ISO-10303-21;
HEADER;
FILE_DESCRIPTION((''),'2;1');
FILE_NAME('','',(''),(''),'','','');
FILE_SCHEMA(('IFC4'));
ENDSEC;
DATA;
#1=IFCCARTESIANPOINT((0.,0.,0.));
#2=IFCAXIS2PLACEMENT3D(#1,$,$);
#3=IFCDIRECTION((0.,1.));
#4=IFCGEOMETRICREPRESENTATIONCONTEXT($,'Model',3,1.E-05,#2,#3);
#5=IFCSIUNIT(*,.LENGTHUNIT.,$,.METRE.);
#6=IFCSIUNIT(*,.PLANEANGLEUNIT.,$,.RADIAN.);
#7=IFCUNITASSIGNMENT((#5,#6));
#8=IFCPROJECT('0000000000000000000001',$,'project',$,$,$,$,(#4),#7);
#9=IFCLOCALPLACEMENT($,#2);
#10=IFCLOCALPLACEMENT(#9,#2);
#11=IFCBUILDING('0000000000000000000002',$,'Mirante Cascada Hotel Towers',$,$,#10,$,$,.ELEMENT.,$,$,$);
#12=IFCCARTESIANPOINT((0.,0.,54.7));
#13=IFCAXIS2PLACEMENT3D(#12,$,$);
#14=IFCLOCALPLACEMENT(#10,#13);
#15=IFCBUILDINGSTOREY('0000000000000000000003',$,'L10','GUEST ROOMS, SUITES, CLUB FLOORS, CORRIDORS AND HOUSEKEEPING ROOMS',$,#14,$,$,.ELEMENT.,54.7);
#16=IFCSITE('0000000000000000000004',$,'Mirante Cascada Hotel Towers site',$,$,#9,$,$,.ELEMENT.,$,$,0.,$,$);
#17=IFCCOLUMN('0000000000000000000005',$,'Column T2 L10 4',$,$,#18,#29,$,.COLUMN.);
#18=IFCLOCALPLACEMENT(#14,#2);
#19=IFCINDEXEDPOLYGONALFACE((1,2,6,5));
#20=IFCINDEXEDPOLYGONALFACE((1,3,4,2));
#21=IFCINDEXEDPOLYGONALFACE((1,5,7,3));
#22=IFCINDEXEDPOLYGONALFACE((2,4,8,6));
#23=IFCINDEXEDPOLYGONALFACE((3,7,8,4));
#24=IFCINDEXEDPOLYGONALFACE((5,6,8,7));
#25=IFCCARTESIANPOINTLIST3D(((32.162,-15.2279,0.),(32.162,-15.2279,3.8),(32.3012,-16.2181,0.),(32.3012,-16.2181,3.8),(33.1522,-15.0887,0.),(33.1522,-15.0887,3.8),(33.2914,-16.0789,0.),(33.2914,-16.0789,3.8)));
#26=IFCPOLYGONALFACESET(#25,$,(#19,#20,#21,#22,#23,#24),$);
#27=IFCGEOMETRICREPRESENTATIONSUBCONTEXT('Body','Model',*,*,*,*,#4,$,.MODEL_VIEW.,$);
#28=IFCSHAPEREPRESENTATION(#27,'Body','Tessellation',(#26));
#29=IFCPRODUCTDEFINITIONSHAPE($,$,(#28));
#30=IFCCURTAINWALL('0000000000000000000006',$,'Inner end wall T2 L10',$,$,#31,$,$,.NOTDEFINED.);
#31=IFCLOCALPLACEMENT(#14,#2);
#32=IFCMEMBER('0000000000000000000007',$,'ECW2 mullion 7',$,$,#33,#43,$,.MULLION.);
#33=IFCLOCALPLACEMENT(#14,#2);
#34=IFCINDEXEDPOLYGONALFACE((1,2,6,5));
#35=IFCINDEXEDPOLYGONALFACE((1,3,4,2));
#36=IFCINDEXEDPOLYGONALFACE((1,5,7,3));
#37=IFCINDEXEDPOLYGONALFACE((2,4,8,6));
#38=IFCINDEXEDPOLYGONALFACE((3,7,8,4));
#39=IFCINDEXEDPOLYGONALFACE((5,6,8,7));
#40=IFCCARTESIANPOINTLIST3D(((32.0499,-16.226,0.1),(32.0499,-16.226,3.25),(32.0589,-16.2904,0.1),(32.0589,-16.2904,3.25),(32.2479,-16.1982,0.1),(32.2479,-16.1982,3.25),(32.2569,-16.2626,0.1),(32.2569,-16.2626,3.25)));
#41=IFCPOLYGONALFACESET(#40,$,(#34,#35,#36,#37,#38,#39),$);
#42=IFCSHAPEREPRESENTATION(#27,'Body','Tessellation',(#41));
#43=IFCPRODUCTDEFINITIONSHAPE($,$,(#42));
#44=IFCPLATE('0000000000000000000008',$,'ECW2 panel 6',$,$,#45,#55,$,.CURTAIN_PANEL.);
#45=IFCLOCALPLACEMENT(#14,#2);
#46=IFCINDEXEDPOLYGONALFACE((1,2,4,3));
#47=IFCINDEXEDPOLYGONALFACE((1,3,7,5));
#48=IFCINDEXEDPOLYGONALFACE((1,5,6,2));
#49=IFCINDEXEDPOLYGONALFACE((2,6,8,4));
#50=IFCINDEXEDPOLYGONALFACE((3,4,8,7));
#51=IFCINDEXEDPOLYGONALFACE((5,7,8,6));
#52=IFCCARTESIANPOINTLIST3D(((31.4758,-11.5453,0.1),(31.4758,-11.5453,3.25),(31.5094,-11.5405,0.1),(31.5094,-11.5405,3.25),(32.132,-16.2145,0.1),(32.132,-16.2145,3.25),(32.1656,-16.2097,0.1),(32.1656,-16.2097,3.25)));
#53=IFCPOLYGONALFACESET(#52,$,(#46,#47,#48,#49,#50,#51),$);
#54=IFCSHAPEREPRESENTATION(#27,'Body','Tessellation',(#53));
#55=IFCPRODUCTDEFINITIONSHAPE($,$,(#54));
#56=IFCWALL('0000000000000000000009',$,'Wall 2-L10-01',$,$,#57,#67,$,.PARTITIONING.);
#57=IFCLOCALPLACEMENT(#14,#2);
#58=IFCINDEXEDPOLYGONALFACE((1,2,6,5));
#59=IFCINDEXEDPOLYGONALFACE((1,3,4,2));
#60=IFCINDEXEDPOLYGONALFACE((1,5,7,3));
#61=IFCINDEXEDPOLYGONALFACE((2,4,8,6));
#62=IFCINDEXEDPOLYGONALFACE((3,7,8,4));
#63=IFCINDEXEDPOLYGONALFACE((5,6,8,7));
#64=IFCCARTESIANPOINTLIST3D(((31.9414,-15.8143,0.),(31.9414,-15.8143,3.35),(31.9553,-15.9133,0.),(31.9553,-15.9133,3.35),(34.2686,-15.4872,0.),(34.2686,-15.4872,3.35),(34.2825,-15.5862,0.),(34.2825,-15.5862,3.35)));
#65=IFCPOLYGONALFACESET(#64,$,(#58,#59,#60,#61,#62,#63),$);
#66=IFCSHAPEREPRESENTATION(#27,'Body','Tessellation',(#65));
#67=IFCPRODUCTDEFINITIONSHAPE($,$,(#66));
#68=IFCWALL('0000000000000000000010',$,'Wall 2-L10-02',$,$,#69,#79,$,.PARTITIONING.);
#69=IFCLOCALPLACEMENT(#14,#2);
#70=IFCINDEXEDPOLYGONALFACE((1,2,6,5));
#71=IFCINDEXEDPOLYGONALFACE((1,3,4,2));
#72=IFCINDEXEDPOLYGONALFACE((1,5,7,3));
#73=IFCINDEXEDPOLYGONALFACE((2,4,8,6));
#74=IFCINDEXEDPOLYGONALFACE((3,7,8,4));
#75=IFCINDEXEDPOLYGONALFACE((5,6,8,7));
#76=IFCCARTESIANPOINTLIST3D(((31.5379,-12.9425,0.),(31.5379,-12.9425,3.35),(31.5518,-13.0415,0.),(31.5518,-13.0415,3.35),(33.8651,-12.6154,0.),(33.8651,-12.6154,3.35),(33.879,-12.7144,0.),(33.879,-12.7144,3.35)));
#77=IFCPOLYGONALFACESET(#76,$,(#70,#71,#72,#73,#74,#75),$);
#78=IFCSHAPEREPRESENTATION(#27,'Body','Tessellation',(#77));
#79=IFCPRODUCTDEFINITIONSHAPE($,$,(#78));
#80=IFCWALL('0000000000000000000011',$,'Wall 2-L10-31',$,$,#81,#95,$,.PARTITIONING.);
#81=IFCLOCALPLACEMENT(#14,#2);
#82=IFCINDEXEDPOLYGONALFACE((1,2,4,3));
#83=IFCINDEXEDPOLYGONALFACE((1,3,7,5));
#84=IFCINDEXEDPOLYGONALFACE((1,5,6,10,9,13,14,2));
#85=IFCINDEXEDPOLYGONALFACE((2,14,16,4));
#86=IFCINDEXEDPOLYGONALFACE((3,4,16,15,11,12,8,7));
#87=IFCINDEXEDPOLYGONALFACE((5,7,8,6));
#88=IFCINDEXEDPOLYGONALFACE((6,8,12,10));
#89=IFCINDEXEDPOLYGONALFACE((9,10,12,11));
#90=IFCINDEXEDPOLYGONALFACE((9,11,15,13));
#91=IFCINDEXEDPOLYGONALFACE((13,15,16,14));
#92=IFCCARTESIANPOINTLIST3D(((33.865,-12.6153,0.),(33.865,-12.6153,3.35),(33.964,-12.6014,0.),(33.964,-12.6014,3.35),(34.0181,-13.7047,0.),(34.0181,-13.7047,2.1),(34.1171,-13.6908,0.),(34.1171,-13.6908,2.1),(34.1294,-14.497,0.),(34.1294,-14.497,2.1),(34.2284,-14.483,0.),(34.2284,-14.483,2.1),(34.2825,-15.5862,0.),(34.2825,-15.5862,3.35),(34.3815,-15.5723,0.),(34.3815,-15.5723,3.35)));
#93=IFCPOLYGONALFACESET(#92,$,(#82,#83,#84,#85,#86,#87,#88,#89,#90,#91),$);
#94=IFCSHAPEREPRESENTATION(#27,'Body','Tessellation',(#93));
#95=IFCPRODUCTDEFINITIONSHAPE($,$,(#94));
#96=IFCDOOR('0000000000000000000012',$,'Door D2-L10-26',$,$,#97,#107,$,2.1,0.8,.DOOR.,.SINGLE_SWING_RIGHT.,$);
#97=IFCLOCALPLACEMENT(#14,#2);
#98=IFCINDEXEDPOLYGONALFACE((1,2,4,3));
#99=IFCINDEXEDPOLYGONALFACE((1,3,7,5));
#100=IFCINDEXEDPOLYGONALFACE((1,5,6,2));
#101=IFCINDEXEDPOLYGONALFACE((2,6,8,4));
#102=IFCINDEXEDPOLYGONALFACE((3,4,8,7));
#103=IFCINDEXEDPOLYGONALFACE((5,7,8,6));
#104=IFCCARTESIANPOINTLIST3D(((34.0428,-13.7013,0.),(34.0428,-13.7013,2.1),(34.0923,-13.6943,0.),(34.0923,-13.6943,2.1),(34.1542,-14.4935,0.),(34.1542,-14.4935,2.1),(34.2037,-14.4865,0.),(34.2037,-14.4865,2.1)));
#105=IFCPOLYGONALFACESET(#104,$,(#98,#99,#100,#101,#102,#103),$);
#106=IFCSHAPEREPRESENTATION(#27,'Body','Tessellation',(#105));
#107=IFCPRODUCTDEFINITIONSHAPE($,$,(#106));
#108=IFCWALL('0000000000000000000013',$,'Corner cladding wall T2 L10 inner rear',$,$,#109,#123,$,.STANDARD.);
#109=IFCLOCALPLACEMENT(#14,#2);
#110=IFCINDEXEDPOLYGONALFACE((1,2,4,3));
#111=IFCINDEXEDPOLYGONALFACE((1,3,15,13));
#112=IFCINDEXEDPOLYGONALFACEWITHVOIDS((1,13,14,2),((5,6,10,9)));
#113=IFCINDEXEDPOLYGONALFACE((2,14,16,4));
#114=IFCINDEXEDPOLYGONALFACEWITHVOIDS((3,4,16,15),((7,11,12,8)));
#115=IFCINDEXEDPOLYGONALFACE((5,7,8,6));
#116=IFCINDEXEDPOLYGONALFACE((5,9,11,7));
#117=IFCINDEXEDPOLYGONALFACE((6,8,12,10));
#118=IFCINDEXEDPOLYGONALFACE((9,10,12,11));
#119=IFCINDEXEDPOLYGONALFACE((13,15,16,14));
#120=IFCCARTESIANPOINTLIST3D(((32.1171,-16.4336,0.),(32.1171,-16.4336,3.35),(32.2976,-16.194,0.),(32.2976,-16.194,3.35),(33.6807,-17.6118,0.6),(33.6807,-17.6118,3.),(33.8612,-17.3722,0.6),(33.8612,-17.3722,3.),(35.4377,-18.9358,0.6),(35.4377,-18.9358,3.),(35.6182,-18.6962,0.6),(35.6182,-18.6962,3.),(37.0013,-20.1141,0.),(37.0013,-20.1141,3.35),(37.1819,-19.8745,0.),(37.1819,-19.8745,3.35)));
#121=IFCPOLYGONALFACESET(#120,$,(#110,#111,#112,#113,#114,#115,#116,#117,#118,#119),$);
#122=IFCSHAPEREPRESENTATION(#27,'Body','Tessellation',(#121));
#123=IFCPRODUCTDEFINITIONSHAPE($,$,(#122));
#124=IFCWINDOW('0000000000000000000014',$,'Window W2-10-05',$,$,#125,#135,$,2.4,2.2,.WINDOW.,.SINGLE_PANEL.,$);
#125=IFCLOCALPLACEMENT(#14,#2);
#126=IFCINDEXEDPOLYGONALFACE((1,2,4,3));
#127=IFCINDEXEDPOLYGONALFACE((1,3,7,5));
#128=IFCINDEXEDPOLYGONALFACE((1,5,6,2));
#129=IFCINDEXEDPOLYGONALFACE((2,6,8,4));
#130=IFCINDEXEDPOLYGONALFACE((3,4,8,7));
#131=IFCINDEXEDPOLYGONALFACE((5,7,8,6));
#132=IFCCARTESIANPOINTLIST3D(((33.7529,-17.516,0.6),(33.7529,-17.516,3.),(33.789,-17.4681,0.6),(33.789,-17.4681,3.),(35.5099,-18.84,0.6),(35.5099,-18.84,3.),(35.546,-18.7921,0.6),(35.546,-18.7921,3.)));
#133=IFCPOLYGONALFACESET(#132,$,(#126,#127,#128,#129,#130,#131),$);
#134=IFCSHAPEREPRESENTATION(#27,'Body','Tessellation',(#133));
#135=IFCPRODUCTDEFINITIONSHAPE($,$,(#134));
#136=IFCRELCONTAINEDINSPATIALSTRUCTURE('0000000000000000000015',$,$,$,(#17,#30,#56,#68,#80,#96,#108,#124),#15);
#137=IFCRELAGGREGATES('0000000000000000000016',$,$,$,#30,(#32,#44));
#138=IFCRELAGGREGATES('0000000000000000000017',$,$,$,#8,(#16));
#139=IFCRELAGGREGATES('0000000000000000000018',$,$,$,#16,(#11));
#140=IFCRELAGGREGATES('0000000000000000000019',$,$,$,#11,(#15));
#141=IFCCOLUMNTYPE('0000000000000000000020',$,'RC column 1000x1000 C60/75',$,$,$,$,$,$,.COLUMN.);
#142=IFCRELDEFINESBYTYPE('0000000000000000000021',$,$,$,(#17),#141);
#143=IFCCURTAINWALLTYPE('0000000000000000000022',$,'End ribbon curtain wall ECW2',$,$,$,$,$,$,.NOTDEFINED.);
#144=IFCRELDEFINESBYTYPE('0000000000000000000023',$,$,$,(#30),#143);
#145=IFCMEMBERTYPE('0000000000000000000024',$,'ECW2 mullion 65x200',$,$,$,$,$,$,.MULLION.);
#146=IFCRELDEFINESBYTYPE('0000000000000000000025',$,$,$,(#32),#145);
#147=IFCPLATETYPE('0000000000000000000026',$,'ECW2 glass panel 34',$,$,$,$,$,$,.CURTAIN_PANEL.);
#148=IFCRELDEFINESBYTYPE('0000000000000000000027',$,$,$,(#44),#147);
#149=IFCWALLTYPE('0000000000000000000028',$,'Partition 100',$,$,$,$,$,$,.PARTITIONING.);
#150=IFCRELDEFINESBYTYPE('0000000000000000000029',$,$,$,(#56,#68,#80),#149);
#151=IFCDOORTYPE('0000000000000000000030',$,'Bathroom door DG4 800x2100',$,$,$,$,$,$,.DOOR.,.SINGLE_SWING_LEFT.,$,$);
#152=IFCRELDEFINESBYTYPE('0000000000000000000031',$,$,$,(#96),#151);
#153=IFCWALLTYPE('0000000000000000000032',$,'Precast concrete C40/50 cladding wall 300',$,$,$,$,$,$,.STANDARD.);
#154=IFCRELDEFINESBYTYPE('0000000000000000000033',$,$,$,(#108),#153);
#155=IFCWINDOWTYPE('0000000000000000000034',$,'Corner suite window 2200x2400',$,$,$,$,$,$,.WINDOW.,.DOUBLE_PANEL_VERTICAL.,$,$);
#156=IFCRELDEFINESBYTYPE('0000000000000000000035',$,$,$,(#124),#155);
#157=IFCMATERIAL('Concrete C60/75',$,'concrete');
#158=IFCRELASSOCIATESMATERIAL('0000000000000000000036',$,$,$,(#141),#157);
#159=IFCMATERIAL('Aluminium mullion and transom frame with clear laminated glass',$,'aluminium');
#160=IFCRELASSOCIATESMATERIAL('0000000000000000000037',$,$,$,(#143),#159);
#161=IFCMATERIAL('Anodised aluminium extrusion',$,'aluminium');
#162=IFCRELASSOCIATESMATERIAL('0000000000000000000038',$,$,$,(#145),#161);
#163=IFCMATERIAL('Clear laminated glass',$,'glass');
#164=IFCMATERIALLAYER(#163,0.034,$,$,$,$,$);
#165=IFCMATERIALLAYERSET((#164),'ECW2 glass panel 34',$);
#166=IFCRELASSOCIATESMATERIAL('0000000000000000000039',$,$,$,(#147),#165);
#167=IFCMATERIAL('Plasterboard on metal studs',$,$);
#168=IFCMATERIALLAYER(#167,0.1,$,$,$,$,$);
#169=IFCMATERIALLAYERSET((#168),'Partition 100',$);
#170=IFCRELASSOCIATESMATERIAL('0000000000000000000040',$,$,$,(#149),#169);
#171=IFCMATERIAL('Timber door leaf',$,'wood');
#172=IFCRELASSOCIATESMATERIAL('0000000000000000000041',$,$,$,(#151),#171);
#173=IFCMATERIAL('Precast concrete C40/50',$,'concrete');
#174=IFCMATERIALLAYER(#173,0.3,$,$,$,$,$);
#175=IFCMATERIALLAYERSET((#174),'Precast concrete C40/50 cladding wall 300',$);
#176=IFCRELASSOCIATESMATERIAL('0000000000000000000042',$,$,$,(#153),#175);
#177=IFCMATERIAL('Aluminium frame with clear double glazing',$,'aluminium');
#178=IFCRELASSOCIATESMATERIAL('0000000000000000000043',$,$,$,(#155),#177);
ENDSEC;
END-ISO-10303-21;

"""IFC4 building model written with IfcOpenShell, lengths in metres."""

from ifc_helpers import new_model, si_unit, direction, frame, frame_2d, origin, origin_2d, place, context, subcontext, project, spatial, rectangle, extrude, material, layer, layer_set, material_profile, profile_set, type_object, element, fill, aggregate, save


model = new_model("IFC4")

# Units and contexts
model_context = context("Model", 3, precision=1e-05, world=origin(), true_north=direction((0.0, 1.0)))
body_context = subcontext(model_context, "Body", "Model", "MODEL_VIEW")
ifc_project = project(units=[si_unit("LENGTHUNIT", "METRE"), si_unit("PLANEANGLEUNIT", "RADIAN")], contexts=[model_context])

# Site, building, storey
site_placement = place(None, origin())
site = spatial("IfcSite", under=ifc_project, at=site_placement, Name="Mirante Cascada Hotel Towers site", CompositionType="ELEMENT", RefElevation=0.0)
building_placement = place(site_placement, origin())
building = spatial("IfcBuilding", under=site, at=building_placement, Name="Mirante Cascada Hotel Towers", CompositionType="ELEMENT")
storey_placement = place(building_placement, frame((0.0, 0.0, 54.7)))
storey = spatial("IfcBuildingStorey", under=building, at=storey_placement, Name="L10", Description="GUEST ROOMS, SUITES, CLUB FLOORS, CORRIDORS AND HOUSEKEEPING ROOMS", CompositionType="ELEMENT", Elevation=54.7)

# Column
ifc_material_1 = material(Name="Concrete C60/75", Category="concrete")
ifc_material_profile_1 = material_profile(ifc_material_1, rectangle(XDim=1.0, YDim=1.0, at=origin_2d()), Name="RC column 1000x1000 C60/75")
ifc_profile_set_1 = profile_set([ifc_material_profile_1], Name="Concrete C60/75")
column_type = type_object("IfcColumnType", Name="RC column 1000x1000 C60/75", PredefinedType="COLUMN", material=ifc_profile_set_1)
column_placement = place(storey_placement, frame((32.7267, -15.6534, 0.0), z_axis=(0.0, 0.0, 1.0), x_axis=(0.990268, 0.139173, 0.0)))
element("IfcColumn", 1, at=column_placement, inside=storey, type_object=column_type, Name="Column T2 L10 4", PredefinedType="COLUMN", context=body_context, shape_type="SweptSolid", body=[
    extrude(rectangle(XDim=1.0, YDim=1.0, at=origin_2d()), origin(), (0.0, 0.0, 1.0), 3.8),
])

# Curtain wall, member, plate
ifc_material_2 = material(Name="Aluminium mullion and transom frame with clear laminated glass", Category="aluminium")
curtain_wall_type = type_object("IfcCurtainWallType", Name="End ribbon curtain wall ECW2", PredefinedType="NOTDEFINED", material=ifc_material_2)
curtain_wall_placement = place(storey_placement, origin())
curtain_wall = element("IfcCurtainWall", 2, at=curtain_wall_placement, inside=storey, type_object=curtain_wall_type, Name="Inner end wall T2 L10", PredefinedType="NOTDEFINED")
ifc_material_3 = material(Name="Anodised aluminium extrusion", Category="aluminium")
ifc_material_profile_2 = material_profile(ifc_material_3, rectangle(XDim=0.2, YDim=0.065, at=origin_2d()), Name="ECW2 MULLION 65x200")
ifc_profile_set_2 = profile_set([ifc_material_profile_2], Name="Anodised aluminium extrusion")
member_type = type_object("IfcMemberType", Name="ECW2 mullion 65x200", PredefinedType="MULLION", material=ifc_profile_set_2)
member_placement = place(storey_placement, frame((32.1534, -16.2443, 0.1), z_axis=(0.0, 0.0, 1.0), x_axis=(0.990268, 0.139173, 0.0)))
member = element("IfcMember", 3, at=member_placement, type_object=member_type, Name="ECW2 mullion 7", PredefinedType="MULLION", context=body_context, shape_type="SweptSolid", body=[
    extrude(rectangle(XDim=0.2, YDim=0.065, at=origin_2d()), origin(), (0.0, 0.0, 1.0), 3.15),
])
ifc_material_4 = material(Name="Clear laminated glass", Category="glass")
ifc_layer_1 = layer(ifc_material_4, 0.034)
ifc_layer_set_1 = layer_set([ifc_layer_1], Name="ECW2 glass panel 34")
plate_type = type_object("IfcPlateType", Name="ECW2 glass panel 34", PredefinedType="CURTAIN_PANEL", material=ifc_layer_set_1)
plate_placement = place(storey_placement, frame((31.8207, -13.8775, 0.1), z_axis=(0.0, 0.0, 1.0), x_axis=(0.139173, -0.990268, 0.0)))
plate = element("IfcPlate", 4, at=plate_placement, type_object=plate_type, Name="ECW2 panel 6", PredefinedType="CURTAIN_PANEL", context=body_context, shape_type="SweptSolid", body=[
    extrude(rectangle(XDim=4.7151, YDim=0.034, at=origin_2d()), origin(), (0.0, 0.0, 1.0), 3.15),
])
aggregate(curtain_wall, [member, plate])

# Walls
ifc_material_5 = material(Name="Plasterboard on metal studs")
ifc_layer_2 = layer(ifc_material_5, 0.1)
ifc_layer_set_2 = layer_set([ifc_layer_2], Name="Partition 100")
wall_type_1 = type_object("IfcWallType", Name="Partition 100", PredefinedType="PARTITIONING", material=ifc_layer_set_2)
for number, where, z_axis, x_axis, name in (
    (5, (31.9484, -15.8638, 0.0), (0.0, 0.0, 1.0), (0.990266, 0.139187, 0.0), "Wall 2-L10-01"),
    (6, (33.872, -12.6649, 0.0), (0.0, 0.0, 1.0), (-0.990266, -0.139187, 0.0), "Wall 2-L10-02"),
):
    element("IfcWall", number, at=place(storey_placement, frame(where, z_axis=z_axis, x_axis=x_axis)), inside=storey, type_object=wall_type_1, Name=name, PredefinedType="PARTITIONING", context=body_context, shape_type="SweptSolid", body=[
        extrude(rectangle(XDim=2.3501, YDim=0.1, at=frame_2d((1.175, 0.0))), origin(), (0.0, 0.0, 1.0), 3.35),
    ])

# Wall, opening, door
wall_1_placement = place(storey_placement, frame((34.332, -15.5793, 0.0), z_axis=(0.0, 0.0, 1.0), x_axis=(-0.139162, 0.99027, 0.0)))
wall_1 = element("IfcWall", 7, at=wall_1_placement, inside=storey, type_object=wall_type_1, Name="Wall 2-L10-31", PredefinedType="PARTITIONING", context=body_context, shape_type="SweptSolid", body=[
    extrude(rectangle(XDim=3.0001, YDim=0.1, at=frame_2d((1.5001, 0.0))), origin(), (0.0, 0.0, 1.0), 3.35),
])
opening_1_placement = place(wall_1_placement, frame((1.1, 0.0, 0.0)))
opening_1 = element("IfcOpeningElement", 8, at=opening_1_placement, cuts=wall_1, PredefinedType="OPENING", context=body_context, shape_type="SweptSolid", body=[
    extrude(rectangle(XDim=0.8, YDim=2.1, at=frame_2d((0.4, 1.05))), frame((0.0, 0.05, 0.0), z_axis=(0.0, -1.0, 0.0), x_axis=(1.0, 0.0, 0.0)), (0.0, 0.0, 1.0), 0.1),
])
ifc_material_6 = material(Name="Timber door leaf", Category="wood")
door_type = type_object("IfcDoorType", Name="Bathroom door DG4 800x2100", OperationType="SINGLE_SWING_LEFT", PredefinedType="DOOR", material=ifc_material_6)
door_placement = place(opening_1_placement, frame((0.8, 0.0, 0.0), z_axis=(0.0, 0.0, 1.0), x_axis=(-1.0, 0.0, 0.0)))
door = element("IfcDoor", 9, at=door_placement, inside=storey, type_object=door_type, Name="Door D2-L10-26", OperationType="SINGLE_SWING_RIGHT", OverallHeight=2.1, OverallWidth=0.8, PredefinedType="DOOR", context=body_context, shape_type="SweptSolid", body=[
    extrude(rectangle(XDim=0.8, YDim=2.1, at=frame_2d((0.4, 1.05))), frame((0.0, 0.025, 0.0), z_axis=(0.0, -1.0, 0.0), x_axis=(1.0, 0.0, 0.0)), (0.0, 0.0, 1.0), 0.05),
])
fill(opening_1, door)

# Wall, opening, window
ifc_material_7 = material(Name="Precast concrete C40/50", Category="concrete")
ifc_layer_3 = layer(ifc_material_7, 0.3)
ifc_layer_set_3 = layer_set([ifc_layer_3], Name="Precast concrete C40/50 cladding wall 300")
wall_type_2 = type_object("IfcWallType", Name="Precast concrete C40/50 cladding wall 300", PredefinedType="STANDARD", material=ifc_layer_set_3)
wall_2_placement = place(storey_placement, frame((32.2074, -16.3138, 0.0), z_axis=(0.0, 0.0, 1.0), x_axis=(0.798636, -0.601814, 0.0)))
wall_2 = element("IfcWall", 10, at=wall_2_placement, inside=storey, type_object=wall_type_2, Name="Corner cladding wall T2 L10 inner rear", PredefinedType="STANDARD", context=body_context, shape_type="SweptSolid", body=[
    extrude(rectangle(XDim=6.1157, YDim=0.3, at=frame_2d((3.0578, 0.0))), origin(), (0.0, 0.0, 1.0), 3.35),
])
opening_2_placement = place(wall_2_placement, frame((1.9578, 0.0, 0.6)))
opening_2 = element("IfcOpeningElement", 11, at=opening_2_placement, cuts=wall_2, PredefinedType="OPENING", context=body_context, shape_type="SweptSolid", body=[
    extrude(rectangle(XDim=2.2, YDim=2.4, at=frame_2d((1.1, 1.2))), frame((0.0, 0.15, 0.0), z_axis=(0.0, -1.0, 0.0), x_axis=(1.0, 0.0, 0.0)), (0.0, 0.0, 1.0), 0.3),
])
ifc_material_8 = material(Name="Aluminium frame with clear double glazing", Category="aluminium")
window_type = type_object("IfcWindowType", Name="Corner suite window 2200x2400", PartitioningType="DOUBLE_PANEL_VERTICAL", PredefinedType="WINDOW", material=ifc_material_8)
window_placement = place(opening_2_placement, origin())
window = element("IfcWindow", 12, at=window_placement, inside=storey, type_object=window_type, Name="Window W2-10-05", OverallHeight=2.4, OverallWidth=2.2, PartitioningType="SINGLE_PANEL", PredefinedType="WINDOW", context=body_context, shape_type="SweptSolid", body=[
    extrude(rectangle(XDim=2.2, YDim=2.4, at=frame_2d((1.1, 1.2))), frame((0.0, 0.03, 0.0), z_axis=(0.0, -1.0, 0.0), x_axis=(1.0, 0.0, 0.0)), (0.0, 0.0, 1.0), 0.06),
])
fill(opening_2, window)

save(model, "model.ifc")
